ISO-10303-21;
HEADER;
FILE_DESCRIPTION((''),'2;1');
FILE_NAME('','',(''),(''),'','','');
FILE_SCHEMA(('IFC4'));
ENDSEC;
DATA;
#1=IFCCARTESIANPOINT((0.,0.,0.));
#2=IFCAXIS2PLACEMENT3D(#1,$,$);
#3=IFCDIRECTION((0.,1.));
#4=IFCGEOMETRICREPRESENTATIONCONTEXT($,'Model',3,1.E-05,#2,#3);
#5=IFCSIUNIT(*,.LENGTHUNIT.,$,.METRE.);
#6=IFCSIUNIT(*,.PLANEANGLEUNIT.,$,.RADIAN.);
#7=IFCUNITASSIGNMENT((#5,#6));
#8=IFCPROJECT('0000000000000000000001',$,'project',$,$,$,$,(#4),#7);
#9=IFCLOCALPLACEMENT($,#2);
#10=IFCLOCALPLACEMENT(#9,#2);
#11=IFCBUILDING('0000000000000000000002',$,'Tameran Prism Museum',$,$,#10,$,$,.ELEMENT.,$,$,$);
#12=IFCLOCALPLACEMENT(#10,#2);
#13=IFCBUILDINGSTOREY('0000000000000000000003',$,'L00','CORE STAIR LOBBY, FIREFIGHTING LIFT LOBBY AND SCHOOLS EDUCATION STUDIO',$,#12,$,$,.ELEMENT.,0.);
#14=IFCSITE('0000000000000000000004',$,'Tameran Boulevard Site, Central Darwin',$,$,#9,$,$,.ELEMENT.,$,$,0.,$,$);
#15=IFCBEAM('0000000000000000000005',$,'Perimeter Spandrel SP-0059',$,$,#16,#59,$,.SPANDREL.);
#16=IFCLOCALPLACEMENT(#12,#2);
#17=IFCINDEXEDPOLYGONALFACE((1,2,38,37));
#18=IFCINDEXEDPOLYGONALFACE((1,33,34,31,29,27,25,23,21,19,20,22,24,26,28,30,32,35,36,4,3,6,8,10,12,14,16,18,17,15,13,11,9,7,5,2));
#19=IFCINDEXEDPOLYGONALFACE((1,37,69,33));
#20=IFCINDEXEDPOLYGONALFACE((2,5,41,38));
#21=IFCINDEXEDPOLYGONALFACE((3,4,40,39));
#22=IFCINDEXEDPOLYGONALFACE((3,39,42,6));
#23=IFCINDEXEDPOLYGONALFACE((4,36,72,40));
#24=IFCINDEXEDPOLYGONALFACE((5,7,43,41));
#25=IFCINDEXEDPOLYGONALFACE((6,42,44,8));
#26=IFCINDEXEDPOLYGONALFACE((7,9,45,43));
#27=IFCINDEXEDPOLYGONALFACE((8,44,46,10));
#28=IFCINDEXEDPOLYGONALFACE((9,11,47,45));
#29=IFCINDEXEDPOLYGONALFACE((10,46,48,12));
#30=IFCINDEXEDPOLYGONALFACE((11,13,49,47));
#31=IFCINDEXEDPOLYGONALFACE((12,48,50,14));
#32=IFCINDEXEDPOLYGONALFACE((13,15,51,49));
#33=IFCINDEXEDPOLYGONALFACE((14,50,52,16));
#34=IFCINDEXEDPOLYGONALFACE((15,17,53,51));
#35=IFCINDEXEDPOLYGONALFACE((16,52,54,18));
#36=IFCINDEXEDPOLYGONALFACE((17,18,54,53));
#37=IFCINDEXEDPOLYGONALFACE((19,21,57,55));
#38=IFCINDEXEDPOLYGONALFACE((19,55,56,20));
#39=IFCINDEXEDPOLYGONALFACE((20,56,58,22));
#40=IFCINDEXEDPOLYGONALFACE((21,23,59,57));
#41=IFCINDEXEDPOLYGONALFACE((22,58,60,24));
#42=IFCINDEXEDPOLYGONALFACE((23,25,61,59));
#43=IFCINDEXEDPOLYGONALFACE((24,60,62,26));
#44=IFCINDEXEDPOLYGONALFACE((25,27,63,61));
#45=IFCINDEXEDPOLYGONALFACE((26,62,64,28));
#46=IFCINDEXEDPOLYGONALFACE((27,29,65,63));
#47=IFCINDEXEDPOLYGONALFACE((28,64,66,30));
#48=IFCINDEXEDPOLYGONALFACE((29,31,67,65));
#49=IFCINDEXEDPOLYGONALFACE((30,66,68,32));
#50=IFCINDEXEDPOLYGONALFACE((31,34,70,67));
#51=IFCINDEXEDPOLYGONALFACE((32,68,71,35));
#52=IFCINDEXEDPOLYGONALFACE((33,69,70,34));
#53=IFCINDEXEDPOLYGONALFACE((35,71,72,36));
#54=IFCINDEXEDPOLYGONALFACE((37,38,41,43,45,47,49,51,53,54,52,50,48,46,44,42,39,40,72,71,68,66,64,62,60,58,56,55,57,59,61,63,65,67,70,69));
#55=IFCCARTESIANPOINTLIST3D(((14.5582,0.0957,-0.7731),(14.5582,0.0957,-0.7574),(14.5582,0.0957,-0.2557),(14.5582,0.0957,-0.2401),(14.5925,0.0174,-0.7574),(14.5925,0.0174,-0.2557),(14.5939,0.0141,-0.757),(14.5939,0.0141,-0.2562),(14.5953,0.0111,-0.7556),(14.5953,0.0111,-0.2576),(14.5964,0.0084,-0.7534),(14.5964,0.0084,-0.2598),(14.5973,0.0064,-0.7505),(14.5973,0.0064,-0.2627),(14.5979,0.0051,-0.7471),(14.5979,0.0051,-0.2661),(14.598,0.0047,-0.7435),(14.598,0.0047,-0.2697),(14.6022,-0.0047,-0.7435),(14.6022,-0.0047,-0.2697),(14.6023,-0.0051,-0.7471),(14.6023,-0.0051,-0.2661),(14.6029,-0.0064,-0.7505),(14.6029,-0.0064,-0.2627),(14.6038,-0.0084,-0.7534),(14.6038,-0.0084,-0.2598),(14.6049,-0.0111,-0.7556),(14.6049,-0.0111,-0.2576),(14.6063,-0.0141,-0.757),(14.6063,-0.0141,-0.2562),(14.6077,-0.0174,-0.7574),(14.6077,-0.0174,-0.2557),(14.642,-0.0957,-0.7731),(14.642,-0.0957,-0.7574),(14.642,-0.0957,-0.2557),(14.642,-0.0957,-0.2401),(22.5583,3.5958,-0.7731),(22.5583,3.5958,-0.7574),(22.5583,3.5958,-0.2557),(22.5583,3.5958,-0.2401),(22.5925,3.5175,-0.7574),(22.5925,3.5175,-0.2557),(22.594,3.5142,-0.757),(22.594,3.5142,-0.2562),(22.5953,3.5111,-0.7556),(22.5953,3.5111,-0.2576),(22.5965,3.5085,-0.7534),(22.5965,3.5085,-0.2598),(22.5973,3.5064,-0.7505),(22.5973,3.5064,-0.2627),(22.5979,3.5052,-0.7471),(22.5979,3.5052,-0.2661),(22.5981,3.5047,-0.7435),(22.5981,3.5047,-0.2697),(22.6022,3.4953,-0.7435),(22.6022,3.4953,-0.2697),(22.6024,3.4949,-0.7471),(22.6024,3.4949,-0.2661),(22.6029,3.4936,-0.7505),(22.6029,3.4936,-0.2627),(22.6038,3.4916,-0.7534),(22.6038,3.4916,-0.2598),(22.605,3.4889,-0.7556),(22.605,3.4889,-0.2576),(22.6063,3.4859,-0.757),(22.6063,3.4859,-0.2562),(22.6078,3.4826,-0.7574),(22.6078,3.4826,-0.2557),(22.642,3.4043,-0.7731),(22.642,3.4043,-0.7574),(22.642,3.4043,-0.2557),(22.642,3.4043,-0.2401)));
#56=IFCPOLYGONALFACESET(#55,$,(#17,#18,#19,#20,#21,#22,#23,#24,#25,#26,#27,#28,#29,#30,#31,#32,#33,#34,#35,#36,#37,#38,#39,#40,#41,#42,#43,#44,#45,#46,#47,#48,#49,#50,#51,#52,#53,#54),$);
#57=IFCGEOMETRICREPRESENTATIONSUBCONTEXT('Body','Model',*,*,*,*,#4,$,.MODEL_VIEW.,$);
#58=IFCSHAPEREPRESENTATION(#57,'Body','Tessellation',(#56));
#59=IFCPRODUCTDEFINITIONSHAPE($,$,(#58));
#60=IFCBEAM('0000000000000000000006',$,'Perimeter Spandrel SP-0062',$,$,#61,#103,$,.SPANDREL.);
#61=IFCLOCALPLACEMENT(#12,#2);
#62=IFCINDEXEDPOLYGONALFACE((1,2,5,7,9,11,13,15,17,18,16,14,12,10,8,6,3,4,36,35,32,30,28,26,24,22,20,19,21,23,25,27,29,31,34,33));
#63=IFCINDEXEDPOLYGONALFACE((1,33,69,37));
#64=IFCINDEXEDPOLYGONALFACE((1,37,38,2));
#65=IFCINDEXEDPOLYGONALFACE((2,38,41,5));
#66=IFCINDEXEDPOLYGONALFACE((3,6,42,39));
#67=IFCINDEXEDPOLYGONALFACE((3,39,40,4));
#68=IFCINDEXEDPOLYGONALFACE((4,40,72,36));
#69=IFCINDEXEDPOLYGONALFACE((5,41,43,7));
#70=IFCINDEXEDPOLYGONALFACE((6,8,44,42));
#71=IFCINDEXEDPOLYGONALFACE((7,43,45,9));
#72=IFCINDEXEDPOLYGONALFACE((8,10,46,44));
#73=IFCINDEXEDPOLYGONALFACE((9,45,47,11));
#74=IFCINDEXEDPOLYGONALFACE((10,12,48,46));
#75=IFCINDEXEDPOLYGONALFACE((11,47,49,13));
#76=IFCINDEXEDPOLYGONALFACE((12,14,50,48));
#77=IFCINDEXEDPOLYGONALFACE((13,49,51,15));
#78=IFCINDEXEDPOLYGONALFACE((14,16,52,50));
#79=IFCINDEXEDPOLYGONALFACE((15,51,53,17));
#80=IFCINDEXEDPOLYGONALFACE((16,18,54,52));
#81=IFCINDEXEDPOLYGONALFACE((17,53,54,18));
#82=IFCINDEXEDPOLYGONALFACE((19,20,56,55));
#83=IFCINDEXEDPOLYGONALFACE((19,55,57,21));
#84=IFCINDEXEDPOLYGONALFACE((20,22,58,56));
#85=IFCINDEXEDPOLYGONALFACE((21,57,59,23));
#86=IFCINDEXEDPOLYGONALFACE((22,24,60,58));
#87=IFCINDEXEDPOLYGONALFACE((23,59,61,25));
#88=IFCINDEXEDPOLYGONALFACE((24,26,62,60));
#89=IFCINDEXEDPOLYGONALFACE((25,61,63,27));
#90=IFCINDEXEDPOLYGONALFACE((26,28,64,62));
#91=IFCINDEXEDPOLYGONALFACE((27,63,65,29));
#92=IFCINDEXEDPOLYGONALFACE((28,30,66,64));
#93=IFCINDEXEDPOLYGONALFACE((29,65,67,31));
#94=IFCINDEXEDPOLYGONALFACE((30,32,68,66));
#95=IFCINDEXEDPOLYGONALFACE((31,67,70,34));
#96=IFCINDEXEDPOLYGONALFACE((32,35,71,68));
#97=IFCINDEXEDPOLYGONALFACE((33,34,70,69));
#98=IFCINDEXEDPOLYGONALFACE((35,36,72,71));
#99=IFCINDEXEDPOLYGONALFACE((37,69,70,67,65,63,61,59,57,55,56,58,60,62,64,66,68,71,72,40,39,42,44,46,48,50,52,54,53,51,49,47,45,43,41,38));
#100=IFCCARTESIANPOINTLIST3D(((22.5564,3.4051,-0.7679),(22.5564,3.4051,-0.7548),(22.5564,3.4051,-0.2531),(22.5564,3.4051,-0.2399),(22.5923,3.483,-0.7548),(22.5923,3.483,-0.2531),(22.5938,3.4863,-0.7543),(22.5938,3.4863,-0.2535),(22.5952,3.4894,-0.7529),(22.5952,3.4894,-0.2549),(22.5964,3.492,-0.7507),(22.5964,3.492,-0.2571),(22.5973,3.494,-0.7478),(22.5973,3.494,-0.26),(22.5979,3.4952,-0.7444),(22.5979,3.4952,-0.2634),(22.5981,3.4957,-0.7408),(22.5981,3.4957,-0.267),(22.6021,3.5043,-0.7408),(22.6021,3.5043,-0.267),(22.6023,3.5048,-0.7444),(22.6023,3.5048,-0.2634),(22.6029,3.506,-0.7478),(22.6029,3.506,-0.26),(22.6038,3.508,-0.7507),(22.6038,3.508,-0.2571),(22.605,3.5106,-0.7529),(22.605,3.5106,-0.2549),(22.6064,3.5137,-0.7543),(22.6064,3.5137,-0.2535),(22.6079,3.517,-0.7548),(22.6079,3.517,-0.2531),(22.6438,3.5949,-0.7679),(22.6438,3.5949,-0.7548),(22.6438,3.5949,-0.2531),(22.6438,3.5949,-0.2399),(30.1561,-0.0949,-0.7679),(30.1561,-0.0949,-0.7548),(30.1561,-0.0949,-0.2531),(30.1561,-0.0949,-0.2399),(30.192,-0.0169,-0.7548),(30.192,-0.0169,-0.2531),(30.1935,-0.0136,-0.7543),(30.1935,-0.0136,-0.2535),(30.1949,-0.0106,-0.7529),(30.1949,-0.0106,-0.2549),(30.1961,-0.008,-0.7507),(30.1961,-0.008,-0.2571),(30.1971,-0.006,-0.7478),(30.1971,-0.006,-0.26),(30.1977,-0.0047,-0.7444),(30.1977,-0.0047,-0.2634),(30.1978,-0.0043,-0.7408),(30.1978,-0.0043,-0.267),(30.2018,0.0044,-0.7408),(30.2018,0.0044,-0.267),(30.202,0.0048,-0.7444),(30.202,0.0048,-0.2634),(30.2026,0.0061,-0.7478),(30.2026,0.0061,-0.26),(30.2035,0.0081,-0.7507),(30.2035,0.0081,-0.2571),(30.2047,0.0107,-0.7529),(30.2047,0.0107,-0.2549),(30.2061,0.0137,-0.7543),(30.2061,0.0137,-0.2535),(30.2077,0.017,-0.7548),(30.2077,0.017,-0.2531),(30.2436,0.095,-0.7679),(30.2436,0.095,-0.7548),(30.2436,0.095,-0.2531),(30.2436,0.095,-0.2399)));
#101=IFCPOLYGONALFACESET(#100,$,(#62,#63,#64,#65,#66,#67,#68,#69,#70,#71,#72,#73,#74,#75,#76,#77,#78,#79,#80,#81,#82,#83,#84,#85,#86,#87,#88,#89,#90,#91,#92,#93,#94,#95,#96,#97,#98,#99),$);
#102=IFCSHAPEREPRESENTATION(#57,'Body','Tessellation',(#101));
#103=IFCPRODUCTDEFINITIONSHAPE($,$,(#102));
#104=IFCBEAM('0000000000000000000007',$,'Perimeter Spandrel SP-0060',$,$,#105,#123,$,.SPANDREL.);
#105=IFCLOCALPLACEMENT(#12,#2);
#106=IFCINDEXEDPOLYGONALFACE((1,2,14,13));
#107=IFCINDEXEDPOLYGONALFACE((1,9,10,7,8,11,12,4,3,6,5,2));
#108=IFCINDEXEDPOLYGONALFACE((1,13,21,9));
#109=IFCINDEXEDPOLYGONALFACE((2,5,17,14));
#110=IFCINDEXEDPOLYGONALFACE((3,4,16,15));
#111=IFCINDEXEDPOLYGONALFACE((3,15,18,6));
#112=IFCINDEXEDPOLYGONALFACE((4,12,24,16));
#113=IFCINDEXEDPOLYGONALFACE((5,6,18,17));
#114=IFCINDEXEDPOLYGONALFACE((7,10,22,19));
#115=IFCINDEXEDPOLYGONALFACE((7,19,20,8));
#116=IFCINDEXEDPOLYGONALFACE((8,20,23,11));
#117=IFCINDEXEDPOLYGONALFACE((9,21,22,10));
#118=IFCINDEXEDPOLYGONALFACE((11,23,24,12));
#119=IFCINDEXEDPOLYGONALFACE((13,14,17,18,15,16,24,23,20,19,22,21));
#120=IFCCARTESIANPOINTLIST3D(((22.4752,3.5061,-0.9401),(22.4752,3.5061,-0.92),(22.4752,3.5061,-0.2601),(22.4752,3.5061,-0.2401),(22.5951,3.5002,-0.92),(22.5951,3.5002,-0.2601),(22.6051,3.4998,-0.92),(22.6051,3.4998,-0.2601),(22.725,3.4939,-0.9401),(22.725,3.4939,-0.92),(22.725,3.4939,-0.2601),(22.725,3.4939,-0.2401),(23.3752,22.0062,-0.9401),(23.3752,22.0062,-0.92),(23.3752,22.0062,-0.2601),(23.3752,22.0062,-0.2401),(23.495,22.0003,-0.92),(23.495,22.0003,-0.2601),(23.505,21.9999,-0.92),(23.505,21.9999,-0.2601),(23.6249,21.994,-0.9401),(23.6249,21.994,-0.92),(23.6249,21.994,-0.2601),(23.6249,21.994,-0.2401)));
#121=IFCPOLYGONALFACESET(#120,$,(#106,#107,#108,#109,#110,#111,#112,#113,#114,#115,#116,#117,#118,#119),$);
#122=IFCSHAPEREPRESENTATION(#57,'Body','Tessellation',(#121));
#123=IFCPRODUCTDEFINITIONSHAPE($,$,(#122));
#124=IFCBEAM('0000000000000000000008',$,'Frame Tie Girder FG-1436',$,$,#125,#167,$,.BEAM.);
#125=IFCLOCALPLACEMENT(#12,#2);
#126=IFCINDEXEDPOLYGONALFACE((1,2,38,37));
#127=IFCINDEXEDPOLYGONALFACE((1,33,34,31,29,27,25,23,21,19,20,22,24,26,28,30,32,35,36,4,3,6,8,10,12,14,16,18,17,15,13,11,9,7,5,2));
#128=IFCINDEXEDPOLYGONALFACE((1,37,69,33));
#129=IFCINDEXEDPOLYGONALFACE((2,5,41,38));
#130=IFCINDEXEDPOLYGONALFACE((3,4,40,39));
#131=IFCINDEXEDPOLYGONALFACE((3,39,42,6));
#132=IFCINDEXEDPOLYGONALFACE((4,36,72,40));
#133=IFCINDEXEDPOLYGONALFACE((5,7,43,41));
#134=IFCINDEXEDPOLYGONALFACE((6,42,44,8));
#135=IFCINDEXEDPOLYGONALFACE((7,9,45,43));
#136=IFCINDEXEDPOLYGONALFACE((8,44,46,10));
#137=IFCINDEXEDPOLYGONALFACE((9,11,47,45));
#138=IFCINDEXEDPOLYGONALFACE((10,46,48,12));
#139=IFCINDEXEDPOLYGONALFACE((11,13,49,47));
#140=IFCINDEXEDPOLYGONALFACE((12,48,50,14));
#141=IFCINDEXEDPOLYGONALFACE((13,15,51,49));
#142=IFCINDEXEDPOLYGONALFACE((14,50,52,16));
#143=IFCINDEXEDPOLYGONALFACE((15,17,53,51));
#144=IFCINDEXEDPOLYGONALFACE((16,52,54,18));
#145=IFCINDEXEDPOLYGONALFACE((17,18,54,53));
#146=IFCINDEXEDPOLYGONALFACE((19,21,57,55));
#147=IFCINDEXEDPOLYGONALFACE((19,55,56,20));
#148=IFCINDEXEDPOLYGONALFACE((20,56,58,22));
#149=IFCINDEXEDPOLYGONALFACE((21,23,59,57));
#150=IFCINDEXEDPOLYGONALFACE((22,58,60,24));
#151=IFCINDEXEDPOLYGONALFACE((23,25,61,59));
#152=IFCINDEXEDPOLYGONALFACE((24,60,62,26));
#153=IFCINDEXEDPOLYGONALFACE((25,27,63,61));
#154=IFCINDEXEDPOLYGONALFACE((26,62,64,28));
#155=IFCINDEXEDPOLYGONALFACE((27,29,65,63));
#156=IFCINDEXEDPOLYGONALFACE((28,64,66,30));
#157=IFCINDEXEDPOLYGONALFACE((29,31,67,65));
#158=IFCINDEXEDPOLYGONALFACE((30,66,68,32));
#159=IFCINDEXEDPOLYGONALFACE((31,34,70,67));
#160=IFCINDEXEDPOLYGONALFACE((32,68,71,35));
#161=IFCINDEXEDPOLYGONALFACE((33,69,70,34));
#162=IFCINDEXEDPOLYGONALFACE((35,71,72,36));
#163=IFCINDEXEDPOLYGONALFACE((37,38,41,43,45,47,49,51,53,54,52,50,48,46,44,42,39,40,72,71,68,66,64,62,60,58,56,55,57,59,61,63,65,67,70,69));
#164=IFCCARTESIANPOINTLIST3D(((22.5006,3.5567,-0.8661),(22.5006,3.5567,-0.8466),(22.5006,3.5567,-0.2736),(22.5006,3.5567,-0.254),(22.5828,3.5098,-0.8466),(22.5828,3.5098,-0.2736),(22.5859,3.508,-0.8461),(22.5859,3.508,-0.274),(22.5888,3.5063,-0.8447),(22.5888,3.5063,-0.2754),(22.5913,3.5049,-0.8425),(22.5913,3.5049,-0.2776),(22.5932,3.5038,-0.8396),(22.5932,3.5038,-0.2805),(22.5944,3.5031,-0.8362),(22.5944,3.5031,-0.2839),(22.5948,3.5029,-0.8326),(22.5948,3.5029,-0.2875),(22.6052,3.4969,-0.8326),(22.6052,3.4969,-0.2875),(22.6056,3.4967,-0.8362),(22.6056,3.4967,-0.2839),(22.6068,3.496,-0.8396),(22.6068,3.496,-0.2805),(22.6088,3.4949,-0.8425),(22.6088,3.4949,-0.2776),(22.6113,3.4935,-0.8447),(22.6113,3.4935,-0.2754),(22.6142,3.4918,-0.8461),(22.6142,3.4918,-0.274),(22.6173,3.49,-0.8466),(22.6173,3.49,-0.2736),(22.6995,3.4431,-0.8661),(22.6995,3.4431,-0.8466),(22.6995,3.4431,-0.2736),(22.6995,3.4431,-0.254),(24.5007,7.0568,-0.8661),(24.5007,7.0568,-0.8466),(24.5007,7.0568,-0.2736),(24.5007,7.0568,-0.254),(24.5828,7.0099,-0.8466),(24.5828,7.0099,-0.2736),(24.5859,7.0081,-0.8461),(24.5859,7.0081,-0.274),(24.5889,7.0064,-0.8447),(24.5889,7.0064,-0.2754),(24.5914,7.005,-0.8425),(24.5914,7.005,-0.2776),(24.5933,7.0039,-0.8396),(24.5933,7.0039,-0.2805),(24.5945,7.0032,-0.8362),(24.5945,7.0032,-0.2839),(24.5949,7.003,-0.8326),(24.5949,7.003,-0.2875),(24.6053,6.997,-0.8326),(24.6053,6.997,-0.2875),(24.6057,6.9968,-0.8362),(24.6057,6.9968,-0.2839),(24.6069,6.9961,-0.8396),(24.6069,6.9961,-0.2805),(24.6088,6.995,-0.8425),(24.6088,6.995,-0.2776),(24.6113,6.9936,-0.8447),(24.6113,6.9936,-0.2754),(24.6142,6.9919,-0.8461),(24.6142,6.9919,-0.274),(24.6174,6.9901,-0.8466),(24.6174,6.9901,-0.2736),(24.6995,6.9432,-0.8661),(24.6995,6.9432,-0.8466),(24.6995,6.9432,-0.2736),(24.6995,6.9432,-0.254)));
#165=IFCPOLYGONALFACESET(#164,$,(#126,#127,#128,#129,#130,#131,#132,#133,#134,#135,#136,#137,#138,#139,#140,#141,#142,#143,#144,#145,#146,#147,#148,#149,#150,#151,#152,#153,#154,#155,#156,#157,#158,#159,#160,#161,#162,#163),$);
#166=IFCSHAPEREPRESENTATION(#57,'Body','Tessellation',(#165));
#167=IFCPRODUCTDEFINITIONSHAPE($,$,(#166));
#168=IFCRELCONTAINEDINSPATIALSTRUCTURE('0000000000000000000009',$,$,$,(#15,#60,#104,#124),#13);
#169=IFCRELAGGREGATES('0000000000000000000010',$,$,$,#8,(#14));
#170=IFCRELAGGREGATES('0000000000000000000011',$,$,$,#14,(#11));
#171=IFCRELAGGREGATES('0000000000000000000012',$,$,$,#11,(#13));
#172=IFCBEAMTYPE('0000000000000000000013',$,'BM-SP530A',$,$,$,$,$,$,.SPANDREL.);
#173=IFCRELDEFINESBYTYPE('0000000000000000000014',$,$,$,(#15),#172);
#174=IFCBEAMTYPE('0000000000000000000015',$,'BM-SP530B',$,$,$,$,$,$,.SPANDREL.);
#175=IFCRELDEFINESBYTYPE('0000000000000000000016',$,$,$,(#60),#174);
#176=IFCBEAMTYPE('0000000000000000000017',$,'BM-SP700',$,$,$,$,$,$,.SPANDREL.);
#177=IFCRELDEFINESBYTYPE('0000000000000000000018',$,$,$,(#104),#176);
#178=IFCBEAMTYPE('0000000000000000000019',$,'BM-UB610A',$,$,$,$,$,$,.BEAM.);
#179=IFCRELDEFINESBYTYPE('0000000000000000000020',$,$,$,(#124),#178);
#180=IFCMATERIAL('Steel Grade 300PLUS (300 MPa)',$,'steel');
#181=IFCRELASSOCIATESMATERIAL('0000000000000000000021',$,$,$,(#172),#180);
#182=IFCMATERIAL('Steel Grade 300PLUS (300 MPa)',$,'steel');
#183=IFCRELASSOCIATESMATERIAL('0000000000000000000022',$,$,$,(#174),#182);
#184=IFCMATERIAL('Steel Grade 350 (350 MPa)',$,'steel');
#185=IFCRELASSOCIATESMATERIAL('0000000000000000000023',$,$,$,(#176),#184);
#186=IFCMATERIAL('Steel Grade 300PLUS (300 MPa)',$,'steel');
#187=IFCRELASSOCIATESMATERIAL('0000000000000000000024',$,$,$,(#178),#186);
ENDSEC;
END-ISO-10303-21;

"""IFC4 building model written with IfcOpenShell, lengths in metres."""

from ifc_helpers import new_model, si_unit, direction, frame, origin, origin_2d, place, context, subcontext, project, spatial, i_section, extrude, material, material_profile, profile_set, type_object, element, save


model = new_model("IFC4")

# Units and contexts
model_context = context("Model", 3, precision=1e-05, world=origin(), true_north=direction((0.0, 1.0)))
body_context = subcontext(model_context, "Body", "Model", "MODEL_VIEW")
ifc_project = project(units=[si_unit("LENGTHUNIT", "METRE"), si_unit("PLANEANGLEUNIT", "RADIAN")], contexts=[model_context])

# Site, building, storey
site_placement = place(None, origin())
site = spatial("IfcSite", under=ifc_project, at=site_placement, Name="Tameran Boulevard Site, Central Darwin", CompositionType="ELEMENT", RefElevation=0.0)
building_placement = place(site_placement, origin())
building = spatial("IfcBuilding", under=site, at=building_placement, Name="Tameran Prism Museum", CompositionType="ELEMENT")
storey_placement = place(building_placement, origin())
storey = spatial("IfcBuildingStorey", under=building, at=storey_placement, Name="L00", Description="CORE STAIR LOBBY, FIREFIGHTING LIFT LOBBY AND SCHOOLS EDUCATION STUDIO", CompositionType="ELEMENT", Elevation=0.0)

# Beams
ifc_material_1 = material(Name="Steel Grade 300PLUS (300 MPa)", Category="steel")
ifc_material_profile_1 = material_profile(ifc_material_1, i_section(OverallWidth=0.209, OverallDepth=0.533, WebThickness=0.0103, FlangeThickness=0.0156, FilletRadius=0.0139, at=origin_2d()))
ifc_profile_set_1 = profile_set([ifc_material_profile_1])
beam_type_1 = type_object("IfcBeamType", Name="BM-SP530A", PredefinedType="SPANDREL", material=ifc_profile_set_1)
beam_1_placement = place(storey_placement, frame((14.6001, 0.0, -0.5066), z_axis=(0.916157, 0.400819, 0.0), x_axis=(-0.400819, 0.916157, 0.0)))
element("IfcBeam", 1, at=beam_1_placement, inside=storey, type_object=beam_type_1, Name="Perimeter Spandrel SP-0059", PredefinedType="SPANDREL", context=body_context, shape_type="SweptSolid", body=[
    extrude(i_section(OverallWidth=0.209, OverallDepth=0.533, WebThickness=0.0103, FlangeThickness=0.0156, FilletRadius=0.0139, at=origin_2d()), origin(), (0.0, 0.0, 1.0), 8.7322),
])
ifc_material_2 = material(Name="Steel Grade 300PLUS (300 MPa)", Category="steel")
ifc_material_profile_2 = material_profile(ifc_material_2, i_section(OverallWidth=0.209, OverallDepth=0.5281, WebThickness=0.0095, FlangeThickness=0.0132, FilletRadius=0.0139, at=origin_2d()))
ifc_profile_set_2 = profile_set([ifc_material_profile_2])
beam_type_2 = type_object("IfcBeamType", Name="BM-SP530B", PredefinedType="SPANDREL", material=ifc_profile_set_2)
beam_2_placement = place(storey_placement, frame((22.6001, 3.5, -0.5039), z_axis=(0.908306, -0.418307, 0.0), x_axis=(0.418307, 0.908306, 0.0)))
element("IfcBeam", 2, at=beam_2_placement, inside=storey, type_object=beam_type_2, Name="Perimeter Spandrel SP-0062", PredefinedType="SPANDREL", context=body_context, shape_type="SweptSolid", body=[
    extrude(i_section(OverallWidth=0.209, OverallDepth=0.5281, WebThickness=0.0095, FlangeThickness=0.0132, FilletRadius=0.0139, at=origin_2d()), origin(), (0.0, 0.0, 1.0), 8.3669),
])
ifc_material_3 = material(Name="Steel Grade 350 (350 MPa)", Category="steel")
ifc_material_profile_3 = material_profile(ifc_material_3, i_section(OverallWidth=0.25, OverallDepth=0.7, WebThickness=0.01, FlangeThickness=0.02, at=origin_2d()))
ifc_profile_set_3 = profile_set([ifc_material_profile_3])
beam_type_3 = type_object("IfcBeamType", Name="BM-SP700", PredefinedType="SPANDREL", material=ifc_profile_set_3)
beam_3_placement = place(storey_placement, frame((22.6001, 3.5, -0.5901), z_axis=(0.048586, 0.998819, 0.0), x_axis=(-0.998819, 0.048586, 0.0)))
element("IfcBeam", 3, at=beam_3_placement, inside=storey, type_object=beam_type_3, Name="Perimeter Spandrel SP-0060", PredefinedType="SPANDREL", context=body_context, shape_type="SweptSolid", body=[
    extrude(i_section(OverallWidth=0.25, OverallDepth=0.7, WebThickness=0.01, FlangeThickness=0.02, at=origin_2d()), origin(), (0.0, 0.0, 1.0), 18.522),
])
ifc_material_4 = material(Name="Steel Grade 300PLUS (300 MPa)", Category="steel")
ifc_material_profile_4 = material_profile(ifc_material_4, i_section(OverallWidth=0.229, OverallDepth=0.6121, WebThickness=0.012, FlangeThickness=0.0195, FilletRadius=0.0139, at=origin_2d()))
ifc_profile_set_4 = profile_set([ifc_material_profile_4])
beam_type_4 = type_object("IfcBeamType", Name="BM-UB610A", PredefinedType="BEAM", material=ifc_profile_set_4)
beam_4_placement = place(storey_placement, frame((24.6001, 7.0, -0.5601), z_axis=(-0.496139, -0.868243, 0.0), x_axis=(0.868243, -0.496139, 0.0)))
element("IfcBeam", 4, at=beam_4_placement, inside=storey, type_object=beam_type_4, Name="Frame Tie Girder FG-1436", PredefinedType="BEAM", context=body_context, shape_type="SweptSolid", body=[
    extrude(i_section(OverallWidth=0.229, OverallDepth=0.6121, WebThickness=0.012, FlangeThickness=0.0195, FilletRadius=0.0139, at=origin_2d()), origin(), (0.0, 0.0, 1.0), 4.0312),
])

save(model, "model.ifc")
